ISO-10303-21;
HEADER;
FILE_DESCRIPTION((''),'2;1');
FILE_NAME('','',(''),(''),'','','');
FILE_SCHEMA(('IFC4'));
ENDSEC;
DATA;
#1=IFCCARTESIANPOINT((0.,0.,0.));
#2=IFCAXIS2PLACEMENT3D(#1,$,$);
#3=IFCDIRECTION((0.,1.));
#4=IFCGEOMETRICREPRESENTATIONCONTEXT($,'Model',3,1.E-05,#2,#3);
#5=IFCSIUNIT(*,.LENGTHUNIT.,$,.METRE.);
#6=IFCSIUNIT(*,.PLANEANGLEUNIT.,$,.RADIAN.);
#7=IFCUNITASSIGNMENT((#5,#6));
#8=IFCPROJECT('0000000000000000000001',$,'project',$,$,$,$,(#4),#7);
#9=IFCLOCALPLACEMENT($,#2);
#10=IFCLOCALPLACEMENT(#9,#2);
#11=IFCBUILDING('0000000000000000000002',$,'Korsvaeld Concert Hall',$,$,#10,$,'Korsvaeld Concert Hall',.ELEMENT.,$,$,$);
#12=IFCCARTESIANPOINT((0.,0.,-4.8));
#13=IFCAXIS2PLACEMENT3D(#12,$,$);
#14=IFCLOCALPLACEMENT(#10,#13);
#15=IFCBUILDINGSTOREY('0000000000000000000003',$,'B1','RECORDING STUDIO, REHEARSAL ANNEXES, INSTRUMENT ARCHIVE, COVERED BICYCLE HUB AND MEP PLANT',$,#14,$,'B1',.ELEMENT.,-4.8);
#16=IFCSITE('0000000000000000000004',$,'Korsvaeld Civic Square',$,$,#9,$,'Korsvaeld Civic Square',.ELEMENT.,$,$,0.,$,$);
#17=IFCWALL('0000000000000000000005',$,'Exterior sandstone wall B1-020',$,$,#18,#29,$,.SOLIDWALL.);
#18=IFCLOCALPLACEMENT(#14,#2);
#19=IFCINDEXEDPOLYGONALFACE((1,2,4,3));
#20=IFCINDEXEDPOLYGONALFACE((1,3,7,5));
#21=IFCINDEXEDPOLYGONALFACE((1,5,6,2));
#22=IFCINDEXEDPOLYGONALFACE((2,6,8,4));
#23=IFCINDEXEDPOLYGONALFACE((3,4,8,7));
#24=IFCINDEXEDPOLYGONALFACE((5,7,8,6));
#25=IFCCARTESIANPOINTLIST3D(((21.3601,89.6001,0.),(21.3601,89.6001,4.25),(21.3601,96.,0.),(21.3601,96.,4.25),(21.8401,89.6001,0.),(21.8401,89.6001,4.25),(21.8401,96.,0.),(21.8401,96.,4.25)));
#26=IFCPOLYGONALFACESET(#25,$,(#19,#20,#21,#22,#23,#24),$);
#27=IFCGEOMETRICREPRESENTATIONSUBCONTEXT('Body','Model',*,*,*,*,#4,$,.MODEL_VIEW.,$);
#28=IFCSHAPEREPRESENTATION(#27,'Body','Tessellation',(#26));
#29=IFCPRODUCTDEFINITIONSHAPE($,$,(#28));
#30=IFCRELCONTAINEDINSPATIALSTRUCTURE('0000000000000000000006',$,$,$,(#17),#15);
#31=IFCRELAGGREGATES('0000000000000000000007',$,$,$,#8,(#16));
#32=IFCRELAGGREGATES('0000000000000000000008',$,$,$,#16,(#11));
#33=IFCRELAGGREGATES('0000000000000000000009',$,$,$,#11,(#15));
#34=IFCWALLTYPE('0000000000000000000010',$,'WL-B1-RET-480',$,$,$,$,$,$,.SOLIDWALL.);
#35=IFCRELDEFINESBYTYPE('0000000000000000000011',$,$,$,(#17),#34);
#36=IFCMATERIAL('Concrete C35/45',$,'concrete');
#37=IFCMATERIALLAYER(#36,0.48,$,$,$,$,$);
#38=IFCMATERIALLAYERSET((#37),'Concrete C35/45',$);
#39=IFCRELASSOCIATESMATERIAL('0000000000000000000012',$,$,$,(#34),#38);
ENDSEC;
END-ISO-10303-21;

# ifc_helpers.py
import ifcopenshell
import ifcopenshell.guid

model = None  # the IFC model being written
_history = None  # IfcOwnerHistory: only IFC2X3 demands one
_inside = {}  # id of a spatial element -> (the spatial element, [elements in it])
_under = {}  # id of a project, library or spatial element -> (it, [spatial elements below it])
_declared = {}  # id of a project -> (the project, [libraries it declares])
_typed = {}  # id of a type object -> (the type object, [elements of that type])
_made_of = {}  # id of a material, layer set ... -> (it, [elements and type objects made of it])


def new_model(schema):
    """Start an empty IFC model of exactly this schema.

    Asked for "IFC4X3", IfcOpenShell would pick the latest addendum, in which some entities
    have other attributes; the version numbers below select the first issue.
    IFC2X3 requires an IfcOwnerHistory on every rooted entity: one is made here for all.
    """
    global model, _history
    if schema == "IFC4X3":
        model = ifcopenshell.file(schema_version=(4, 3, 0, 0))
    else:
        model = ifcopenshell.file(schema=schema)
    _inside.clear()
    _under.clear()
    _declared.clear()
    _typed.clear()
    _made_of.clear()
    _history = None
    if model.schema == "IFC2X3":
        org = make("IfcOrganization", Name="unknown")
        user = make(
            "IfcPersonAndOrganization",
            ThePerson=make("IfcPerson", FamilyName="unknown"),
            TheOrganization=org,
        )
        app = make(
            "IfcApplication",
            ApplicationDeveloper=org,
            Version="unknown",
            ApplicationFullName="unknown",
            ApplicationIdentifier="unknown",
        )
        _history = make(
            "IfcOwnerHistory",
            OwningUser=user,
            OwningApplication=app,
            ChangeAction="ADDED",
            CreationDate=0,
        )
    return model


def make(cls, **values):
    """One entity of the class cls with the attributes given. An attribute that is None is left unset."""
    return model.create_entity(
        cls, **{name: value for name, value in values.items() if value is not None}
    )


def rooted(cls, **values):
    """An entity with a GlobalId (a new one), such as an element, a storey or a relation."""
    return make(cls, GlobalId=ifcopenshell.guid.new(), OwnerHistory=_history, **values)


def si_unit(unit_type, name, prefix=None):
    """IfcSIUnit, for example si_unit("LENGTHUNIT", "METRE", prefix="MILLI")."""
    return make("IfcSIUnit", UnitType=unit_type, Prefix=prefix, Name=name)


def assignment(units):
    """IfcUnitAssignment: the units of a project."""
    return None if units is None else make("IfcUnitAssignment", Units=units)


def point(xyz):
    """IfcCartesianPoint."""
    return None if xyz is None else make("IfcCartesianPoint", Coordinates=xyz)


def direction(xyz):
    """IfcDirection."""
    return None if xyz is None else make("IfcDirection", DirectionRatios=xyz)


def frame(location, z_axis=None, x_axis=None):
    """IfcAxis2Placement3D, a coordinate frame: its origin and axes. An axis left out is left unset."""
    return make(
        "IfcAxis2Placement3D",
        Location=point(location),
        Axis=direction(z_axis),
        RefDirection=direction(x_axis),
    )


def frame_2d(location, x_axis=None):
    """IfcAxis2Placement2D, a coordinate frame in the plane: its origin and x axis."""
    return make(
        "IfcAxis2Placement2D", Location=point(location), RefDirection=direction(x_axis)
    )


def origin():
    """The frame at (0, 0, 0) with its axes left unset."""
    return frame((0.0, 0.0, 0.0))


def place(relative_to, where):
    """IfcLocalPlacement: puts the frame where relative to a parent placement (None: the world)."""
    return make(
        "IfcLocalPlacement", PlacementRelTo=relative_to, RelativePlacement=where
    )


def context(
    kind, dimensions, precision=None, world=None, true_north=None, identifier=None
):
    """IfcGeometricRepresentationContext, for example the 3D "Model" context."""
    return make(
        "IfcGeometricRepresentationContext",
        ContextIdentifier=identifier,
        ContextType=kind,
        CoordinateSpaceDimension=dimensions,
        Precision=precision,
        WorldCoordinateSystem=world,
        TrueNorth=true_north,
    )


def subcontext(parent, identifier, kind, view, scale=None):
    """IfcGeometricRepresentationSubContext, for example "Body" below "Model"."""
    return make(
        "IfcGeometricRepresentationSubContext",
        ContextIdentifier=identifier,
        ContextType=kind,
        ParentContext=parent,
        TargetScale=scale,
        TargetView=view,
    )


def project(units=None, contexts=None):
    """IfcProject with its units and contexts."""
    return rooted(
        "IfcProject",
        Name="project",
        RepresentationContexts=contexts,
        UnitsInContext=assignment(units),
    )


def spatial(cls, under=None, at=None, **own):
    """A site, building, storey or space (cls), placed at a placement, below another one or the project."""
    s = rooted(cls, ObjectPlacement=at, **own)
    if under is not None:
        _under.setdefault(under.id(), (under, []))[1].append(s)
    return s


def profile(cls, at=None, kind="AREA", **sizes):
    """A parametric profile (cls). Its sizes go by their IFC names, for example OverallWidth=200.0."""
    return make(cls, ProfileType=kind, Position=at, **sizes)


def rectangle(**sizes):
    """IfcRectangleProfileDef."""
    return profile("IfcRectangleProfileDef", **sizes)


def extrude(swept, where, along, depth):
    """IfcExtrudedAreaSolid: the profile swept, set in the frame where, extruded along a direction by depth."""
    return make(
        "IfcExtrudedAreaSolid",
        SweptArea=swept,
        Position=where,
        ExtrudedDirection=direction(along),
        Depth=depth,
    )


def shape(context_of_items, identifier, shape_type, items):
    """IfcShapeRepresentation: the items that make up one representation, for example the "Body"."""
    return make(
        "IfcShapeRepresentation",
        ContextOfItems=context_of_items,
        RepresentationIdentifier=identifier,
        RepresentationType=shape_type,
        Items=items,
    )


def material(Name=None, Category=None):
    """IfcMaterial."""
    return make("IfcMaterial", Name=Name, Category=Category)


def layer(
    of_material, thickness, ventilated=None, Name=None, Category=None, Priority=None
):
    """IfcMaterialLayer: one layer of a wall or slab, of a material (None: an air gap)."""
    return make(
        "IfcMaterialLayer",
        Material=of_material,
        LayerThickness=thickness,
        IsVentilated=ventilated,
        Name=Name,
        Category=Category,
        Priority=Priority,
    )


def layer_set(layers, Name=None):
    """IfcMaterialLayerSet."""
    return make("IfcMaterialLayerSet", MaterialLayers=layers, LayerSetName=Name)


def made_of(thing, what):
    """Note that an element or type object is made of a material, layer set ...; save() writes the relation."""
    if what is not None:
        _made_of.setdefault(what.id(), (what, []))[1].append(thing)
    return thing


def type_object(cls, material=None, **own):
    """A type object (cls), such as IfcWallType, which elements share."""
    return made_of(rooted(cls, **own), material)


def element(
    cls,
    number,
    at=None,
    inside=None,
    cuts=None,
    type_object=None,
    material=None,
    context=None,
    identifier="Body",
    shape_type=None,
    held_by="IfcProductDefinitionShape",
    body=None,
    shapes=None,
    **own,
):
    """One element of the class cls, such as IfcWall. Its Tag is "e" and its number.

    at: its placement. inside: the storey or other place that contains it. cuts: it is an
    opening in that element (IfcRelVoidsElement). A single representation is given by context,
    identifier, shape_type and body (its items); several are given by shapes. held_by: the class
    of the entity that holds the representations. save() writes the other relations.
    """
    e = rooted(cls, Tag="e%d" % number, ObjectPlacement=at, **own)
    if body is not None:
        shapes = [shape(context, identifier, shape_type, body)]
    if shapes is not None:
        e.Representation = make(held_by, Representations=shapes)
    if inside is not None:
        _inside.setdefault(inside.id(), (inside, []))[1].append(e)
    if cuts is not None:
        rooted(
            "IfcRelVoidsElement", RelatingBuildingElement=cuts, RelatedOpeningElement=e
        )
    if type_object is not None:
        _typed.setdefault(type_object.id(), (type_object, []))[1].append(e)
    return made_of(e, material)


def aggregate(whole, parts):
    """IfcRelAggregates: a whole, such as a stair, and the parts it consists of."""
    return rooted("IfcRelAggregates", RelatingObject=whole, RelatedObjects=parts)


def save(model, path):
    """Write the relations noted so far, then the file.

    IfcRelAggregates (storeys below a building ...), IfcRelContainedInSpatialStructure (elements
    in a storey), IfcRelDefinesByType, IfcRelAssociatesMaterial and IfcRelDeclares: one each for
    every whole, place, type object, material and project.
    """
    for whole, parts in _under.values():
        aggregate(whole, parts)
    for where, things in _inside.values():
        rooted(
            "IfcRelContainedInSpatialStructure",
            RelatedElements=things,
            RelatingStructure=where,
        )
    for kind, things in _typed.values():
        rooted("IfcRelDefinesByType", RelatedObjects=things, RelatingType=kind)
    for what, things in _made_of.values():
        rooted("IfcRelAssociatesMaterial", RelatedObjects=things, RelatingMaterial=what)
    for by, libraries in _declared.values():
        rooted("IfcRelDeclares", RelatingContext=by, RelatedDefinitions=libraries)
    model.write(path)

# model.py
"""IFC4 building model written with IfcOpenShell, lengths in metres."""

from ifc_helpers import new_model, si_unit, direction, frame, frame_2d, origin, place, context, subcontext, project, spatial, rectangle, extrude, material, layer, layer_set, type_object, element, save


model = new_model("IFC4")

# Units and contexts
model_context = context("Model", 3, precision=1e-05, world=origin(), true_north=direction((0.0, 1.0)))
body_context = subcontext(model_context, "Body", "Model", "MODEL_VIEW")
ifc_project = project(units=[si_unit("LENGTHUNIT", "METRE"), si_unit("PLANEANGLEUNIT", "RADIAN")], contexts=[model_context])

# Site, building, storey
site_placement = place(None, origin())
site = spatial("IfcSite", under=ifc_project, at=site_placement, Name="Korsvaeld Civic Square", LongName="Korsvaeld Civic Square", CompositionType="ELEMENT", RefElevation=0.0)
building_placement = place(site_placement, origin())
building = spatial("IfcBuilding", under=site, at=building_placement, Name="Korsvaeld Concert Hall", LongName="Korsvaeld Concert Hall", CompositionType="ELEMENT")
storey_placement = place(building_placement, frame((0.0, 0.0, -4.8)))
storey = spatial("IfcBuildingStorey", under=building, at=storey_placement, Name="B1", Description="RECORDING STUDIO, REHEARSAL ANNEXES, INSTRUMENT ARCHIVE, COVERED BICYCLE HUB AND MEP PLANT", LongName="B1", CompositionType="ELEMENT", Elevation=-4.8)

# Shared definitions
ifc_material_1 = material(Name="Concrete C35/45", Category="concrete")

# Wall
ifc_layer = layer(ifc_material_1, 0.48)
ifc_layer_set = layer_set([ifc_layer], Name="Concrete C35/45")
wall_type = type_object("IfcWallType", Name="WL-B1-RET-480", PredefinedType="SOLIDWALL", material=ifc_layer_set)
wall_1_placement = place(storey_placement, frame((21.6001, 89.6001, 0.0), z_axis=(0.0, 0.0, 1.0), x_axis=(0.0, 1.0, 0.0)))
element("IfcWall", 1, at=wall_1_placement, inside=storey, type_object=wall_type, Name="Exterior sandstone wall B1-020", PredefinedType="SOLIDWALL", context=body_context, shape_type="SweptSolid", body=[
    extrude(rectangle(XDim=6.3999, YDim=0.48, at=frame_2d((3.2, 0.0))), origin(), (0.0, 0.0, 1.0), 4.25),
])

save(model, "model.ifc")
